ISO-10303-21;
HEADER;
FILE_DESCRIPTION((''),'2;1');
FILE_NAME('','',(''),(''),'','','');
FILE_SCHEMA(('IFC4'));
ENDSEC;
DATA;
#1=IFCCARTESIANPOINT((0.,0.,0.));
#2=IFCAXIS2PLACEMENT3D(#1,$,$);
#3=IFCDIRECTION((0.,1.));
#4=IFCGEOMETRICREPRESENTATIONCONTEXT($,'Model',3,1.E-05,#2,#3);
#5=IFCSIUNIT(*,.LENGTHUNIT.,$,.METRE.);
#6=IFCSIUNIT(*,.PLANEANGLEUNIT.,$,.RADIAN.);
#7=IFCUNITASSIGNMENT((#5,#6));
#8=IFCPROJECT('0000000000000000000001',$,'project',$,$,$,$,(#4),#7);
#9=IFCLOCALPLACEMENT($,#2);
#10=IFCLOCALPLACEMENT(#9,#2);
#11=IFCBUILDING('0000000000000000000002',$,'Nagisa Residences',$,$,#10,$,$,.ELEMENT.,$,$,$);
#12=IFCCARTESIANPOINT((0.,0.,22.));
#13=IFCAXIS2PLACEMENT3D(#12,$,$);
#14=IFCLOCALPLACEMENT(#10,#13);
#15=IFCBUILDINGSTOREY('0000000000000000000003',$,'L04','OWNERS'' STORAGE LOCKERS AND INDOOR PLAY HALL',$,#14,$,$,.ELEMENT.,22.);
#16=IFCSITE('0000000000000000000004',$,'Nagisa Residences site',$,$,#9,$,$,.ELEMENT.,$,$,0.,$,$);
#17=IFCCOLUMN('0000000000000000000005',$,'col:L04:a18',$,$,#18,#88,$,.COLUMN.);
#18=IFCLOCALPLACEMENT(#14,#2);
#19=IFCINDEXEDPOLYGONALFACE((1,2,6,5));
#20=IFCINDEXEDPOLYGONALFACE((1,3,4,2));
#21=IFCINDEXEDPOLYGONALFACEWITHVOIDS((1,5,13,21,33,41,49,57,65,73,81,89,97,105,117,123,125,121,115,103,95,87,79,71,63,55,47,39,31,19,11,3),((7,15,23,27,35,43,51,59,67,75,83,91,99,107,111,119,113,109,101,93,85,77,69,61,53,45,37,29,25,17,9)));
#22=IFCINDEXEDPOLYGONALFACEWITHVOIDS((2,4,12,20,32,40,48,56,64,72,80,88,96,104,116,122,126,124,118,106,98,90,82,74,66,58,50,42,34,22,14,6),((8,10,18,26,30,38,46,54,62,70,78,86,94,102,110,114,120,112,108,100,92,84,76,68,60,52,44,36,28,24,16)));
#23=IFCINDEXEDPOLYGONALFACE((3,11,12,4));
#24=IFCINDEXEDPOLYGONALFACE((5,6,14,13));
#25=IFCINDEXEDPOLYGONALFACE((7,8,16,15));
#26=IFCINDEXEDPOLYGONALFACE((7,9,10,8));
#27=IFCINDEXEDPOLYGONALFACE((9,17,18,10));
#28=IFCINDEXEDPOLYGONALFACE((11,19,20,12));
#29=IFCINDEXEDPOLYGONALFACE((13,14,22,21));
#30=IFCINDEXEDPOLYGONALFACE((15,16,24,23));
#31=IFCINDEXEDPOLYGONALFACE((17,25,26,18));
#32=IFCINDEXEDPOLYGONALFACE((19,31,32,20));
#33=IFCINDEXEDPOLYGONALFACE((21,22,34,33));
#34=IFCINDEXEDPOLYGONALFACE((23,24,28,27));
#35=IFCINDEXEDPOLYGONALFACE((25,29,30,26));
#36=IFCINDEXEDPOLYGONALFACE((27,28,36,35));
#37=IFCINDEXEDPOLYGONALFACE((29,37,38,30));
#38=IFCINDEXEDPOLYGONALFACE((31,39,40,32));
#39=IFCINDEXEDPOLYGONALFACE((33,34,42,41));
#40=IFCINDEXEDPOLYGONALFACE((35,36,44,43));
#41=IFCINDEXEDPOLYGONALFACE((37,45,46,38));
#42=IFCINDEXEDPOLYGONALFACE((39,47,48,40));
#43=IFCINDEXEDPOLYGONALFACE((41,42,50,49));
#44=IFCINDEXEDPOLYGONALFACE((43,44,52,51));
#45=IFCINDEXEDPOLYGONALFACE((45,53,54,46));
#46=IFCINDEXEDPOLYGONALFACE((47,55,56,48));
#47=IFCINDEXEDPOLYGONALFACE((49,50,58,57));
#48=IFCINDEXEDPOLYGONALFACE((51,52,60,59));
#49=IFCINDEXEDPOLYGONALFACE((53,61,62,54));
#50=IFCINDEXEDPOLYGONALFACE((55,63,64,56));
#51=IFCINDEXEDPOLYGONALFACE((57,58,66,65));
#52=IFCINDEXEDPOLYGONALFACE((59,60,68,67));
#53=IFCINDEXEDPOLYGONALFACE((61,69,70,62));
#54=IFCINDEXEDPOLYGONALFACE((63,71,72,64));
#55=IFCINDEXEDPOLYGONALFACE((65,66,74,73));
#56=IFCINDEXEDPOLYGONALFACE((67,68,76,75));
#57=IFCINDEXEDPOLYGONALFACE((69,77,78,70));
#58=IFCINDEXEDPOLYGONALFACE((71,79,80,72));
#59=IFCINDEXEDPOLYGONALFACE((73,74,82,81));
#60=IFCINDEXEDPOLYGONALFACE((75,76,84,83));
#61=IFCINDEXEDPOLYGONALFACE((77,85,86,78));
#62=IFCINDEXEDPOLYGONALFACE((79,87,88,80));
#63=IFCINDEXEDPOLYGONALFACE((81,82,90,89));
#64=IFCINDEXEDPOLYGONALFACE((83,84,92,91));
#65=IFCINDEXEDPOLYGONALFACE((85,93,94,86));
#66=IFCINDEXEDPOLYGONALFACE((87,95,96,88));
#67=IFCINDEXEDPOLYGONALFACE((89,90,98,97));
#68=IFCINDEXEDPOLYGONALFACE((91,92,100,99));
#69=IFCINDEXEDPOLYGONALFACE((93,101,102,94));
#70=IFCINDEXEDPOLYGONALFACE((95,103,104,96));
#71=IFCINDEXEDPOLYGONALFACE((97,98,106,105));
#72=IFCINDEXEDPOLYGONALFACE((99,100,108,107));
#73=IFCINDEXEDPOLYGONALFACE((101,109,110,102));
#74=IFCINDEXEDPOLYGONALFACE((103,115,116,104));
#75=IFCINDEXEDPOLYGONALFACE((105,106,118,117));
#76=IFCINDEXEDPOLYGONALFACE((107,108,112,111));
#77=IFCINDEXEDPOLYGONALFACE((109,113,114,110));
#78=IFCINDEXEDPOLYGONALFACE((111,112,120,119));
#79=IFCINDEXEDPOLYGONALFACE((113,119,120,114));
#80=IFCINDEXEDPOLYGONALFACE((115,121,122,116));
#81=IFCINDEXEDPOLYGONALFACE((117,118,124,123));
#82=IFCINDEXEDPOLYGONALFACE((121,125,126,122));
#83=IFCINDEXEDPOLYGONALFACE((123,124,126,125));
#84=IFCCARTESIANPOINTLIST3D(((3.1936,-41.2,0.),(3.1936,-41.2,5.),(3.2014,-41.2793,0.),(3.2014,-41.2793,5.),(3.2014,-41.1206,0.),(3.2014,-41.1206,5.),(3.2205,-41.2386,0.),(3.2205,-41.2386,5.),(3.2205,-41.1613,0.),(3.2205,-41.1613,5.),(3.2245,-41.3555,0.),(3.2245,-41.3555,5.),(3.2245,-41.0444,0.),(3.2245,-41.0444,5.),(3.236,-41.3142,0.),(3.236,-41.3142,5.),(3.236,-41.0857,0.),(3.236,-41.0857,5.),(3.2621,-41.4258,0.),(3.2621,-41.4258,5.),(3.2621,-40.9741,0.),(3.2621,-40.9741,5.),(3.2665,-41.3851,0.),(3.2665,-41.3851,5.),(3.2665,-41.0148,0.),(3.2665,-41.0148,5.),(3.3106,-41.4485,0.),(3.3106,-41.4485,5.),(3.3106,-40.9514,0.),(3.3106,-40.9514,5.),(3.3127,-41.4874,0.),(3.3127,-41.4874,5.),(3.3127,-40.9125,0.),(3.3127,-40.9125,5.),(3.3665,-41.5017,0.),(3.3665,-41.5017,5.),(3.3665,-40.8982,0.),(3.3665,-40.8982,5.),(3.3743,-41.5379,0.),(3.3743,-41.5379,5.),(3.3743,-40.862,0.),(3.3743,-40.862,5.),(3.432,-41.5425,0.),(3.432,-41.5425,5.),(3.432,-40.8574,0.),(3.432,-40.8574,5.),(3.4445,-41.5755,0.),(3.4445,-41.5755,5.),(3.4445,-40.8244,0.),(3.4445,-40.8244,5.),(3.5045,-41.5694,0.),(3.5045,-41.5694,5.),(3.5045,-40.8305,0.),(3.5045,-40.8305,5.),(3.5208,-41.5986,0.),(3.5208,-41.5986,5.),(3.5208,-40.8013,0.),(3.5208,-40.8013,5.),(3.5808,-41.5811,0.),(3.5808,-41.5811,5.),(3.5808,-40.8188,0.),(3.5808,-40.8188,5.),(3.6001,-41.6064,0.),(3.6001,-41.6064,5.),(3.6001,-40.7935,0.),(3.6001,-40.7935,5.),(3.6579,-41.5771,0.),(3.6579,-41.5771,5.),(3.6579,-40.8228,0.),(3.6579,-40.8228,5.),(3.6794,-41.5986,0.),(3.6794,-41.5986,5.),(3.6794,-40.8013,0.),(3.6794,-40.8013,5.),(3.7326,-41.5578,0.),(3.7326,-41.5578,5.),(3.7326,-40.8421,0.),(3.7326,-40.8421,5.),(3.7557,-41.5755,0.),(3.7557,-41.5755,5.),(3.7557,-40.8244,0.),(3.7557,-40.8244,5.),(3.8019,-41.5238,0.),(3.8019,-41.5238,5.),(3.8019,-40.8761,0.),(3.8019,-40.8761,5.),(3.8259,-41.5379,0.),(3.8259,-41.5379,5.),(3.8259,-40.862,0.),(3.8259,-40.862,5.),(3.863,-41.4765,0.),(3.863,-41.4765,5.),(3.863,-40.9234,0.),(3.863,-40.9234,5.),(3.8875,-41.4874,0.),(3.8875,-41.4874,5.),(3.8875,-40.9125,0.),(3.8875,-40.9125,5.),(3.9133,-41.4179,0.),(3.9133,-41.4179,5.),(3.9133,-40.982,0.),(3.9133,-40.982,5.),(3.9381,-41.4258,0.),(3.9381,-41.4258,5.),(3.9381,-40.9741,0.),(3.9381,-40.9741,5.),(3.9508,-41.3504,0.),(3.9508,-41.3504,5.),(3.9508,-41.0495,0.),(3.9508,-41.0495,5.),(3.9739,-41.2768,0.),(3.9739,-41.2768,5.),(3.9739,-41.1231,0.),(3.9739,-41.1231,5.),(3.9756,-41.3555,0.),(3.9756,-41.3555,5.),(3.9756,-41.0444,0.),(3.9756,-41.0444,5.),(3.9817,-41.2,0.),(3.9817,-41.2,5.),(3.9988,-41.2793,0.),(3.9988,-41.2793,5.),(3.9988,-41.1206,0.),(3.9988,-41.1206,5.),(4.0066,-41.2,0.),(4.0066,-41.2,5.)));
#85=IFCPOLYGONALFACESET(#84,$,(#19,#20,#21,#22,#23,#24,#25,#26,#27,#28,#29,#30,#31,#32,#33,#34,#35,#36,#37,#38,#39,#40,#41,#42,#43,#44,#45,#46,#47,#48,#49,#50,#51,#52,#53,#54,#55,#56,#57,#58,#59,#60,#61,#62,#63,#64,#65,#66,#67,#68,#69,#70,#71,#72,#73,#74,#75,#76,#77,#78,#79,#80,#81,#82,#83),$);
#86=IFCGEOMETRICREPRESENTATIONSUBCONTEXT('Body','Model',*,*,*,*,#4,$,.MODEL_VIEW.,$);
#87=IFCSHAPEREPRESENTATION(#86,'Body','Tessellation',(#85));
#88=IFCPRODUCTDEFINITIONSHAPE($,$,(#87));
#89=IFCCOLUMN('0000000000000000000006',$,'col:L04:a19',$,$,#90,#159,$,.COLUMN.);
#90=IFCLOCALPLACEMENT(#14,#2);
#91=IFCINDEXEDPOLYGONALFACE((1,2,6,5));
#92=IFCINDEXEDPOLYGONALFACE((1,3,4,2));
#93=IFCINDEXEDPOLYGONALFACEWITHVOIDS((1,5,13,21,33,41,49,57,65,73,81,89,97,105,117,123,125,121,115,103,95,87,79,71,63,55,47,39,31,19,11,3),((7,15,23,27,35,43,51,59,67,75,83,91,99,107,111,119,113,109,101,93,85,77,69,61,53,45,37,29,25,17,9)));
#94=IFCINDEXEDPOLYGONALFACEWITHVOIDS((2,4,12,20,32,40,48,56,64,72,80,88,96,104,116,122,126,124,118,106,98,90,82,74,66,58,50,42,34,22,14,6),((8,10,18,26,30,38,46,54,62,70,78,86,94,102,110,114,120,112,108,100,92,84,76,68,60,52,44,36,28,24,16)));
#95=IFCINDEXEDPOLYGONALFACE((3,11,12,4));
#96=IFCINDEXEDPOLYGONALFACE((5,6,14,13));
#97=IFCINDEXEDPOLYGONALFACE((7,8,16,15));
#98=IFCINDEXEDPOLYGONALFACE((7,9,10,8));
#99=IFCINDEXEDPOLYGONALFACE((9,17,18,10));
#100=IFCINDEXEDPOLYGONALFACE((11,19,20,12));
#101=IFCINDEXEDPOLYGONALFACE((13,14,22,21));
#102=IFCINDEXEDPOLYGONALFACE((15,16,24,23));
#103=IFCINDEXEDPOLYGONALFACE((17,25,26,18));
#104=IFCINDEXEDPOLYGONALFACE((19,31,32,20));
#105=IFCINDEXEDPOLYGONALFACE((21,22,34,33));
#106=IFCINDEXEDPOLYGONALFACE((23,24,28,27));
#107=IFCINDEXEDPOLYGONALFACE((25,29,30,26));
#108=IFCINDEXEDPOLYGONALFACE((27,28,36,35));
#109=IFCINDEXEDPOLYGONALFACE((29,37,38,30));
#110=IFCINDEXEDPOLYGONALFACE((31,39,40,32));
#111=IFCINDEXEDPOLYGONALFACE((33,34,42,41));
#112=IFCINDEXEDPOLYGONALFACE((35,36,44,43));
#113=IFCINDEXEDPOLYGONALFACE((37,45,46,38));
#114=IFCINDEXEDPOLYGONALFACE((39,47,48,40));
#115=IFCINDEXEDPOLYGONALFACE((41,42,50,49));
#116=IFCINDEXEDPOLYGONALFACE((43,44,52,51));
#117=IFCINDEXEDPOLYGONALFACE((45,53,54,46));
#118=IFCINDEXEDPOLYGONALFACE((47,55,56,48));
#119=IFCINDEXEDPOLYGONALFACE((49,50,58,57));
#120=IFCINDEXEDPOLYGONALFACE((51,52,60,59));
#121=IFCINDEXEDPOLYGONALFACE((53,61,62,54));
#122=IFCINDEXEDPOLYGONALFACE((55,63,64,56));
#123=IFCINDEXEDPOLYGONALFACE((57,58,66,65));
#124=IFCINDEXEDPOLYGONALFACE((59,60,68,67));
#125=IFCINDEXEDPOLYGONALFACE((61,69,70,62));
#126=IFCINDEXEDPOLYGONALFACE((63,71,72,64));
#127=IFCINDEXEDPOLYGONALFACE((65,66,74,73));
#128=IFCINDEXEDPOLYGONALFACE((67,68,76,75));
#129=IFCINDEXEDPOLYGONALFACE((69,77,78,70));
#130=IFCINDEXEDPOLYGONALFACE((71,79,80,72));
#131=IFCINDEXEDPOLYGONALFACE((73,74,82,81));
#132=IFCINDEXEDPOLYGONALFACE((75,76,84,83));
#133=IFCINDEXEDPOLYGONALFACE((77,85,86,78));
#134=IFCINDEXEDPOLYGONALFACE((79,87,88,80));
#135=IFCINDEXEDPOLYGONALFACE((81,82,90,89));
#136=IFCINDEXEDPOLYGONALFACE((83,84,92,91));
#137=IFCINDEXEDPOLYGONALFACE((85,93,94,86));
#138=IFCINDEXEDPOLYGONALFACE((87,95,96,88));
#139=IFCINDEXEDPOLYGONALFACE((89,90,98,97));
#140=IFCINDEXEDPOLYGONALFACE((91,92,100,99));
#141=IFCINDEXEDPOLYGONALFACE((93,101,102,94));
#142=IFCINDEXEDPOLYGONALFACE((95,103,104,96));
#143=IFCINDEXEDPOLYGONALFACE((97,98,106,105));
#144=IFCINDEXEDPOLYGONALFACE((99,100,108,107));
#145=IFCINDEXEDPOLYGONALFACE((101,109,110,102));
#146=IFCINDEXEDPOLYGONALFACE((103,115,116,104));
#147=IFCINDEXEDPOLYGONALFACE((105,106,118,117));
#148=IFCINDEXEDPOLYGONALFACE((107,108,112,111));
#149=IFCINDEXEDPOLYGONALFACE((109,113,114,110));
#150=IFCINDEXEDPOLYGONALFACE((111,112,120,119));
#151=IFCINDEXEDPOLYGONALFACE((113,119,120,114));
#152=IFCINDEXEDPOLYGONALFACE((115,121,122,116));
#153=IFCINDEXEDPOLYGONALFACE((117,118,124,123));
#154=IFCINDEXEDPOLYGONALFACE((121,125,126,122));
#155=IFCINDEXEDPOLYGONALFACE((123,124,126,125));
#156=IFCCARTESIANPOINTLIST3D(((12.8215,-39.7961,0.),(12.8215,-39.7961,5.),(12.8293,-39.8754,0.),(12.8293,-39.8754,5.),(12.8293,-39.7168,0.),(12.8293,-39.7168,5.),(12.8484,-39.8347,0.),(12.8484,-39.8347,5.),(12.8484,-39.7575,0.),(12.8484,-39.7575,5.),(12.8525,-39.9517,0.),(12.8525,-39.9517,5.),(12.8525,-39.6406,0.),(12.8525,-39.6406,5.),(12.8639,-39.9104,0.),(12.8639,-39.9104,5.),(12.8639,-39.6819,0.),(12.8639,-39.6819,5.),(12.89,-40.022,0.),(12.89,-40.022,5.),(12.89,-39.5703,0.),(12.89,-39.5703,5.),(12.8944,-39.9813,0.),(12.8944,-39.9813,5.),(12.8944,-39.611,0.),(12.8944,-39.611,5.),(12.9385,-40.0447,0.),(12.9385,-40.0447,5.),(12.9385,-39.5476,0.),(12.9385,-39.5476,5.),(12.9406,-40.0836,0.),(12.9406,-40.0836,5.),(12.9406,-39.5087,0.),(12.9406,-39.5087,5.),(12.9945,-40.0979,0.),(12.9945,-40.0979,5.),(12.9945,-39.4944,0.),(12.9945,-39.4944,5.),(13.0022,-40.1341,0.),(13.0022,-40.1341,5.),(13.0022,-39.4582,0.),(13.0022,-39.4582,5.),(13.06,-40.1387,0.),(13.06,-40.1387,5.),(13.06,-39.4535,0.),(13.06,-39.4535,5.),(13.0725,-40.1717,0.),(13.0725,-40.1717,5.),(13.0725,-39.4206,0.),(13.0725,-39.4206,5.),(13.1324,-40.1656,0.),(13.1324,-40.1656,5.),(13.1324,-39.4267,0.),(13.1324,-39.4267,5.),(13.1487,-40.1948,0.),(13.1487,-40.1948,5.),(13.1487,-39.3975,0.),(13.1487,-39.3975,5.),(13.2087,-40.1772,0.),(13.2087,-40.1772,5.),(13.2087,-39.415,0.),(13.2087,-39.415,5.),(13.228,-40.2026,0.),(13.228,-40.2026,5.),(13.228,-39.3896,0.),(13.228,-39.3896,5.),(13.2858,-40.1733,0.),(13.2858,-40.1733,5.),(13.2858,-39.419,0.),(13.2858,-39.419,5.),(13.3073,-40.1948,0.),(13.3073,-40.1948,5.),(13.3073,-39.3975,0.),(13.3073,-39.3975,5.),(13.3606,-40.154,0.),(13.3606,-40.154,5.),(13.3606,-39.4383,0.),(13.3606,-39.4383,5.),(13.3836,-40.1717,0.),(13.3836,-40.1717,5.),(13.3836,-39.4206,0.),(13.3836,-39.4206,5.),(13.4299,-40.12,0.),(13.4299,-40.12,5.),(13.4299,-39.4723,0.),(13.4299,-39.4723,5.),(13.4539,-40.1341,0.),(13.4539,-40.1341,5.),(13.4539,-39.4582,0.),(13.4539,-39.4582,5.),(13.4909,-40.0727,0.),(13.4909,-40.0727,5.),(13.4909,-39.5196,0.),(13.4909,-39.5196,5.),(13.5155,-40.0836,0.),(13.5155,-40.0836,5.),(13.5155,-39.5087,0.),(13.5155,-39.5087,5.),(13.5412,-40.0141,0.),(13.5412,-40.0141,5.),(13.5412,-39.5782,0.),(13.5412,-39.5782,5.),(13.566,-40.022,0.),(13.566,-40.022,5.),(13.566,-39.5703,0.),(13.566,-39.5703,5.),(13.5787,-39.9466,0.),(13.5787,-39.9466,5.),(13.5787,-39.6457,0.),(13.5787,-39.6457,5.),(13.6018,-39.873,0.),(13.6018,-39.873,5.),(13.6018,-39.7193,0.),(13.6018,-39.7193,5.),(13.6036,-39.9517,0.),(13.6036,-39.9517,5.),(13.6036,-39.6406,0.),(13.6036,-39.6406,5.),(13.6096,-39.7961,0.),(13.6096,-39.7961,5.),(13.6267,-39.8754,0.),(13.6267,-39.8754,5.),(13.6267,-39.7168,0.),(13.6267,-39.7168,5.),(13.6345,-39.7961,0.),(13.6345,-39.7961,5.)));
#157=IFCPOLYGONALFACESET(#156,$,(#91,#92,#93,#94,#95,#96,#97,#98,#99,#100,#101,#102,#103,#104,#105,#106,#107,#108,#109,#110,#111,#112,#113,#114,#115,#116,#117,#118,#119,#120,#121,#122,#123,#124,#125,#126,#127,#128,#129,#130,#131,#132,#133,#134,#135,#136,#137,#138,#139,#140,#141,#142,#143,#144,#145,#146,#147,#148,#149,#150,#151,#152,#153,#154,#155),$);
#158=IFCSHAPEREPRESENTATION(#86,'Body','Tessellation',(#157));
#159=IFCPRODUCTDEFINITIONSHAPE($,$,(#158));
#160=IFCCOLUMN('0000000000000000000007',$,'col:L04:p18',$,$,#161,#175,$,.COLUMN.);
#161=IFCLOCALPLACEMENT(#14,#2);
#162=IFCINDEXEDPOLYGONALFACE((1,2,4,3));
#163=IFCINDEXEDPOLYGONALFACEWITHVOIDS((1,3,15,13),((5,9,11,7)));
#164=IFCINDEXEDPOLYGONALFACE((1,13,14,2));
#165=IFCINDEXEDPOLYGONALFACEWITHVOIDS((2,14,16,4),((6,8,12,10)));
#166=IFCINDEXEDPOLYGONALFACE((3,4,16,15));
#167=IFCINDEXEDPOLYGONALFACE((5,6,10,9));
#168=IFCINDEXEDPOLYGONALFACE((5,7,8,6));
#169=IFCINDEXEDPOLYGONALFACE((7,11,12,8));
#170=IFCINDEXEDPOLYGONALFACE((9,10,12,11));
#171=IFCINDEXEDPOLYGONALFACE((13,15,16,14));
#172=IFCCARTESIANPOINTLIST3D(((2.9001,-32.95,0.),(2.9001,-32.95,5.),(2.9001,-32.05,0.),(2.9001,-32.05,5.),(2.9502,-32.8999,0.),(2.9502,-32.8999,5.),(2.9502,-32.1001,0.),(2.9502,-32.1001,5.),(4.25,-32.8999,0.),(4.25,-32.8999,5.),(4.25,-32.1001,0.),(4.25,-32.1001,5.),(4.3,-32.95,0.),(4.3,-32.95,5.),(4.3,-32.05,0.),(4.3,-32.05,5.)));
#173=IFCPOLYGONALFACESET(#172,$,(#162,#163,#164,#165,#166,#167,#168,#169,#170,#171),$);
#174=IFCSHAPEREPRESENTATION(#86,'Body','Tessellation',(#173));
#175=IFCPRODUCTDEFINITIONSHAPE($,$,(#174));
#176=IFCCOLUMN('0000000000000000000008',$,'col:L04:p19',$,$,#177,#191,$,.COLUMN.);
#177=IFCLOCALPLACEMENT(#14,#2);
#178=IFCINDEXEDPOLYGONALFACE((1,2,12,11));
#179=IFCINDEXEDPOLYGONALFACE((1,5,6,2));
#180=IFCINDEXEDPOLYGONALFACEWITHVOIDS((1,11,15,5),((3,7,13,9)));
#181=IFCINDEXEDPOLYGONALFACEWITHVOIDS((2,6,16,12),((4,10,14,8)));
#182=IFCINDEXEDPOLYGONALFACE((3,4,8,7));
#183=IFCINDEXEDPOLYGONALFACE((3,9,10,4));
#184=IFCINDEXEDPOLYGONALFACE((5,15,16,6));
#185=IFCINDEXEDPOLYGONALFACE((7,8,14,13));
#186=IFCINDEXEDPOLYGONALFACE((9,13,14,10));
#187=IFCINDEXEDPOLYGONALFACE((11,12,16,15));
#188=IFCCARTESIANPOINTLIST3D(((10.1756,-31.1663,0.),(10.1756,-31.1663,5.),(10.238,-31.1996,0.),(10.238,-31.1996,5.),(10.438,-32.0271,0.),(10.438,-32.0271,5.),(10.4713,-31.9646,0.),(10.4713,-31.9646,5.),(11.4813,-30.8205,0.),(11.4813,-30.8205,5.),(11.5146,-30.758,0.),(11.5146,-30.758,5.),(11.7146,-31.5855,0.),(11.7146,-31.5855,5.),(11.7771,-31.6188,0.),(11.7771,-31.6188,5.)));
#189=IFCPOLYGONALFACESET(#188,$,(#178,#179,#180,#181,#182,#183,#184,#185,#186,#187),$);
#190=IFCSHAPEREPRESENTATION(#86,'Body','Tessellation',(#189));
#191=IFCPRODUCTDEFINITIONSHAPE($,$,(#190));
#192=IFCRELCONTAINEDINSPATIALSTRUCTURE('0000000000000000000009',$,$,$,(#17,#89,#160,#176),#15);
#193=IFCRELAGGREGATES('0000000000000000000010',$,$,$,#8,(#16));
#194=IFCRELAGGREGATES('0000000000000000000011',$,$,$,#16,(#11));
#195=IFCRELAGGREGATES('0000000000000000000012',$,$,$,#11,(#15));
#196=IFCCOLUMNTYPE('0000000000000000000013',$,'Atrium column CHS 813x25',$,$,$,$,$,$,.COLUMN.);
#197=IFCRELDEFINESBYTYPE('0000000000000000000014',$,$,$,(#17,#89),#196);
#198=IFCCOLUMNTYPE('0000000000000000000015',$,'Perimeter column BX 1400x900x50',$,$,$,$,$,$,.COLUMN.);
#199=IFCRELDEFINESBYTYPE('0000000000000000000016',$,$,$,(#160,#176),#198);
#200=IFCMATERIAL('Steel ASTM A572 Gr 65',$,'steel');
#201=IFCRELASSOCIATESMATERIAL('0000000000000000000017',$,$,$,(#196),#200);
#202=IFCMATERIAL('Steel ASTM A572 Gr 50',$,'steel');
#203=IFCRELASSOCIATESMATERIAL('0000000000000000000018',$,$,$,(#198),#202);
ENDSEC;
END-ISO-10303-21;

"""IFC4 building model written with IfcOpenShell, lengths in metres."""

from ifc_helpers import new_model, si_unit, direction, frame, origin, origin_2d, place, context, subcontext, project, spatial, hollow_rectangle, hollow_circle, extrude, material, material_profile, profile_set, type_object, element, save


model = new_model("IFC4")

# Units and contexts
model_context = context("Model", 3, precision=1e-05, world=origin(), true_north=direction((0.0, 1.0)))
body_context = subcontext(model_context, "Body", "Model", "MODEL_VIEW")
ifc_project = project(units=[si_unit("LENGTHUNIT", "METRE"), si_unit("PLANEANGLEUNIT", "RADIAN")], contexts=[model_context])

# Site, building, storey
site_placement = place(None, origin())
site = spatial("IfcSite", under=ifc_project, at=site_placement, Name="Nagisa Residences site", CompositionType="ELEMENT", RefElevation=0.0)
building_placement = place(site_placement, origin())
building = spatial("IfcBuilding", under=site, at=building_placement, Name="Nagisa Residences", CompositionType="ELEMENT")
storey_placement = place(building_placement, frame((0.0, 0.0, 22.0)))
storey = spatial("IfcBuildingStorey", under=building, at=storey_placement, Name="L04", Description="OWNERS' STORAGE LOCKERS AND INDOOR PLAY HALL", CompositionType="ELEMENT", Elevation=22.0)

# Columns
ifc_material_1 = material(Name="Steel ASTM A572 Gr 65", Category="steel")
ifc_material_profile_1 = material_profile(ifc_material_1, hollow_circle(Radius=0.4065, WallThickness=0.0249, at=origin_2d()), Name="CHS 813x25")
ifc_profile_set_1 = profile_set([ifc_material_profile_1], Name="Steel ASTM A572 Gr 65")
column_type_1 = type_object("IfcColumnType", Name="Atrium column CHS 813x25", PredefinedType="COLUMN", material=ifc_profile_set_1)
for number, where, z_axis, x_axis, name in (
    (1, (3.6001, -41.2, 0.0), (0.0, 0.0, 1.0), (1.0, 0.0, 0.0), "col:L04:a18"),
    (2, (13.228, -39.7961, 0.0), (0.0, 0.0, 1.0), (1.0, 0.0, 0.0), "col:L04:a19"),
):
    element("IfcColumn", number, at=place(storey_placement, frame(where, z_axis=z_axis, x_axis=x_axis)), inside=storey, type_object=column_type_1, Name=name, PredefinedType="COLUMN", context=body_context, shape_type="SweptSolid", body=[
        extrude(hollow_circle(Radius=0.4065, WallThickness=0.0249, at=origin_2d()), origin(), (0.0, 0.0, 1.0), 5.0),
    ])
ifc_material_2 = material(Name="Steel ASTM A572 Gr 50", Category="steel")
ifc_material_profile_2 = material_profile(ifc_material_2, hollow_rectangle(XDim=1.3999, YDim=0.8999, WallThickness=0.05, at=origin_2d()), Name="BX 1400x900x50")
ifc_profile_set_2 = profile_set([ifc_material_profile_2], Name="Steel ASTM A572 Gr 50")
column_type_2 = type_object("IfcColumnType", Name="Perimeter column BX 1400x900x50", PredefinedType="COLUMN", material=ifc_profile_set_2)
for number, where, z_axis, x_axis, name in (
    (3, (3.6001, -32.5, 0.0), (0.0, 0.0, 1.0), (1.0, 0.0, 0.0), "col:L04:p18"),
    (4, (10.9763, -31.3926, 0.0), (0.0, 0.0, 1.0), (0.956525, 0.291652, 0.0), "col:L04:p19"),
):
    element("IfcColumn", number, at=place(storey_placement, frame(where, z_axis=z_axis, x_axis=x_axis)), inside=storey, type_object=column_type_2, Name=name, PredefinedType="COLUMN", context=body_context, shape_type="SweptSolid", body=[
        extrude(hollow_rectangle(XDim=1.3999, YDim=0.8999, WallThickness=0.05, at=origin_2d()), origin(), (0.0, 0.0, 1.0), 5.0),
    ])

save(model, "model.ifc")
